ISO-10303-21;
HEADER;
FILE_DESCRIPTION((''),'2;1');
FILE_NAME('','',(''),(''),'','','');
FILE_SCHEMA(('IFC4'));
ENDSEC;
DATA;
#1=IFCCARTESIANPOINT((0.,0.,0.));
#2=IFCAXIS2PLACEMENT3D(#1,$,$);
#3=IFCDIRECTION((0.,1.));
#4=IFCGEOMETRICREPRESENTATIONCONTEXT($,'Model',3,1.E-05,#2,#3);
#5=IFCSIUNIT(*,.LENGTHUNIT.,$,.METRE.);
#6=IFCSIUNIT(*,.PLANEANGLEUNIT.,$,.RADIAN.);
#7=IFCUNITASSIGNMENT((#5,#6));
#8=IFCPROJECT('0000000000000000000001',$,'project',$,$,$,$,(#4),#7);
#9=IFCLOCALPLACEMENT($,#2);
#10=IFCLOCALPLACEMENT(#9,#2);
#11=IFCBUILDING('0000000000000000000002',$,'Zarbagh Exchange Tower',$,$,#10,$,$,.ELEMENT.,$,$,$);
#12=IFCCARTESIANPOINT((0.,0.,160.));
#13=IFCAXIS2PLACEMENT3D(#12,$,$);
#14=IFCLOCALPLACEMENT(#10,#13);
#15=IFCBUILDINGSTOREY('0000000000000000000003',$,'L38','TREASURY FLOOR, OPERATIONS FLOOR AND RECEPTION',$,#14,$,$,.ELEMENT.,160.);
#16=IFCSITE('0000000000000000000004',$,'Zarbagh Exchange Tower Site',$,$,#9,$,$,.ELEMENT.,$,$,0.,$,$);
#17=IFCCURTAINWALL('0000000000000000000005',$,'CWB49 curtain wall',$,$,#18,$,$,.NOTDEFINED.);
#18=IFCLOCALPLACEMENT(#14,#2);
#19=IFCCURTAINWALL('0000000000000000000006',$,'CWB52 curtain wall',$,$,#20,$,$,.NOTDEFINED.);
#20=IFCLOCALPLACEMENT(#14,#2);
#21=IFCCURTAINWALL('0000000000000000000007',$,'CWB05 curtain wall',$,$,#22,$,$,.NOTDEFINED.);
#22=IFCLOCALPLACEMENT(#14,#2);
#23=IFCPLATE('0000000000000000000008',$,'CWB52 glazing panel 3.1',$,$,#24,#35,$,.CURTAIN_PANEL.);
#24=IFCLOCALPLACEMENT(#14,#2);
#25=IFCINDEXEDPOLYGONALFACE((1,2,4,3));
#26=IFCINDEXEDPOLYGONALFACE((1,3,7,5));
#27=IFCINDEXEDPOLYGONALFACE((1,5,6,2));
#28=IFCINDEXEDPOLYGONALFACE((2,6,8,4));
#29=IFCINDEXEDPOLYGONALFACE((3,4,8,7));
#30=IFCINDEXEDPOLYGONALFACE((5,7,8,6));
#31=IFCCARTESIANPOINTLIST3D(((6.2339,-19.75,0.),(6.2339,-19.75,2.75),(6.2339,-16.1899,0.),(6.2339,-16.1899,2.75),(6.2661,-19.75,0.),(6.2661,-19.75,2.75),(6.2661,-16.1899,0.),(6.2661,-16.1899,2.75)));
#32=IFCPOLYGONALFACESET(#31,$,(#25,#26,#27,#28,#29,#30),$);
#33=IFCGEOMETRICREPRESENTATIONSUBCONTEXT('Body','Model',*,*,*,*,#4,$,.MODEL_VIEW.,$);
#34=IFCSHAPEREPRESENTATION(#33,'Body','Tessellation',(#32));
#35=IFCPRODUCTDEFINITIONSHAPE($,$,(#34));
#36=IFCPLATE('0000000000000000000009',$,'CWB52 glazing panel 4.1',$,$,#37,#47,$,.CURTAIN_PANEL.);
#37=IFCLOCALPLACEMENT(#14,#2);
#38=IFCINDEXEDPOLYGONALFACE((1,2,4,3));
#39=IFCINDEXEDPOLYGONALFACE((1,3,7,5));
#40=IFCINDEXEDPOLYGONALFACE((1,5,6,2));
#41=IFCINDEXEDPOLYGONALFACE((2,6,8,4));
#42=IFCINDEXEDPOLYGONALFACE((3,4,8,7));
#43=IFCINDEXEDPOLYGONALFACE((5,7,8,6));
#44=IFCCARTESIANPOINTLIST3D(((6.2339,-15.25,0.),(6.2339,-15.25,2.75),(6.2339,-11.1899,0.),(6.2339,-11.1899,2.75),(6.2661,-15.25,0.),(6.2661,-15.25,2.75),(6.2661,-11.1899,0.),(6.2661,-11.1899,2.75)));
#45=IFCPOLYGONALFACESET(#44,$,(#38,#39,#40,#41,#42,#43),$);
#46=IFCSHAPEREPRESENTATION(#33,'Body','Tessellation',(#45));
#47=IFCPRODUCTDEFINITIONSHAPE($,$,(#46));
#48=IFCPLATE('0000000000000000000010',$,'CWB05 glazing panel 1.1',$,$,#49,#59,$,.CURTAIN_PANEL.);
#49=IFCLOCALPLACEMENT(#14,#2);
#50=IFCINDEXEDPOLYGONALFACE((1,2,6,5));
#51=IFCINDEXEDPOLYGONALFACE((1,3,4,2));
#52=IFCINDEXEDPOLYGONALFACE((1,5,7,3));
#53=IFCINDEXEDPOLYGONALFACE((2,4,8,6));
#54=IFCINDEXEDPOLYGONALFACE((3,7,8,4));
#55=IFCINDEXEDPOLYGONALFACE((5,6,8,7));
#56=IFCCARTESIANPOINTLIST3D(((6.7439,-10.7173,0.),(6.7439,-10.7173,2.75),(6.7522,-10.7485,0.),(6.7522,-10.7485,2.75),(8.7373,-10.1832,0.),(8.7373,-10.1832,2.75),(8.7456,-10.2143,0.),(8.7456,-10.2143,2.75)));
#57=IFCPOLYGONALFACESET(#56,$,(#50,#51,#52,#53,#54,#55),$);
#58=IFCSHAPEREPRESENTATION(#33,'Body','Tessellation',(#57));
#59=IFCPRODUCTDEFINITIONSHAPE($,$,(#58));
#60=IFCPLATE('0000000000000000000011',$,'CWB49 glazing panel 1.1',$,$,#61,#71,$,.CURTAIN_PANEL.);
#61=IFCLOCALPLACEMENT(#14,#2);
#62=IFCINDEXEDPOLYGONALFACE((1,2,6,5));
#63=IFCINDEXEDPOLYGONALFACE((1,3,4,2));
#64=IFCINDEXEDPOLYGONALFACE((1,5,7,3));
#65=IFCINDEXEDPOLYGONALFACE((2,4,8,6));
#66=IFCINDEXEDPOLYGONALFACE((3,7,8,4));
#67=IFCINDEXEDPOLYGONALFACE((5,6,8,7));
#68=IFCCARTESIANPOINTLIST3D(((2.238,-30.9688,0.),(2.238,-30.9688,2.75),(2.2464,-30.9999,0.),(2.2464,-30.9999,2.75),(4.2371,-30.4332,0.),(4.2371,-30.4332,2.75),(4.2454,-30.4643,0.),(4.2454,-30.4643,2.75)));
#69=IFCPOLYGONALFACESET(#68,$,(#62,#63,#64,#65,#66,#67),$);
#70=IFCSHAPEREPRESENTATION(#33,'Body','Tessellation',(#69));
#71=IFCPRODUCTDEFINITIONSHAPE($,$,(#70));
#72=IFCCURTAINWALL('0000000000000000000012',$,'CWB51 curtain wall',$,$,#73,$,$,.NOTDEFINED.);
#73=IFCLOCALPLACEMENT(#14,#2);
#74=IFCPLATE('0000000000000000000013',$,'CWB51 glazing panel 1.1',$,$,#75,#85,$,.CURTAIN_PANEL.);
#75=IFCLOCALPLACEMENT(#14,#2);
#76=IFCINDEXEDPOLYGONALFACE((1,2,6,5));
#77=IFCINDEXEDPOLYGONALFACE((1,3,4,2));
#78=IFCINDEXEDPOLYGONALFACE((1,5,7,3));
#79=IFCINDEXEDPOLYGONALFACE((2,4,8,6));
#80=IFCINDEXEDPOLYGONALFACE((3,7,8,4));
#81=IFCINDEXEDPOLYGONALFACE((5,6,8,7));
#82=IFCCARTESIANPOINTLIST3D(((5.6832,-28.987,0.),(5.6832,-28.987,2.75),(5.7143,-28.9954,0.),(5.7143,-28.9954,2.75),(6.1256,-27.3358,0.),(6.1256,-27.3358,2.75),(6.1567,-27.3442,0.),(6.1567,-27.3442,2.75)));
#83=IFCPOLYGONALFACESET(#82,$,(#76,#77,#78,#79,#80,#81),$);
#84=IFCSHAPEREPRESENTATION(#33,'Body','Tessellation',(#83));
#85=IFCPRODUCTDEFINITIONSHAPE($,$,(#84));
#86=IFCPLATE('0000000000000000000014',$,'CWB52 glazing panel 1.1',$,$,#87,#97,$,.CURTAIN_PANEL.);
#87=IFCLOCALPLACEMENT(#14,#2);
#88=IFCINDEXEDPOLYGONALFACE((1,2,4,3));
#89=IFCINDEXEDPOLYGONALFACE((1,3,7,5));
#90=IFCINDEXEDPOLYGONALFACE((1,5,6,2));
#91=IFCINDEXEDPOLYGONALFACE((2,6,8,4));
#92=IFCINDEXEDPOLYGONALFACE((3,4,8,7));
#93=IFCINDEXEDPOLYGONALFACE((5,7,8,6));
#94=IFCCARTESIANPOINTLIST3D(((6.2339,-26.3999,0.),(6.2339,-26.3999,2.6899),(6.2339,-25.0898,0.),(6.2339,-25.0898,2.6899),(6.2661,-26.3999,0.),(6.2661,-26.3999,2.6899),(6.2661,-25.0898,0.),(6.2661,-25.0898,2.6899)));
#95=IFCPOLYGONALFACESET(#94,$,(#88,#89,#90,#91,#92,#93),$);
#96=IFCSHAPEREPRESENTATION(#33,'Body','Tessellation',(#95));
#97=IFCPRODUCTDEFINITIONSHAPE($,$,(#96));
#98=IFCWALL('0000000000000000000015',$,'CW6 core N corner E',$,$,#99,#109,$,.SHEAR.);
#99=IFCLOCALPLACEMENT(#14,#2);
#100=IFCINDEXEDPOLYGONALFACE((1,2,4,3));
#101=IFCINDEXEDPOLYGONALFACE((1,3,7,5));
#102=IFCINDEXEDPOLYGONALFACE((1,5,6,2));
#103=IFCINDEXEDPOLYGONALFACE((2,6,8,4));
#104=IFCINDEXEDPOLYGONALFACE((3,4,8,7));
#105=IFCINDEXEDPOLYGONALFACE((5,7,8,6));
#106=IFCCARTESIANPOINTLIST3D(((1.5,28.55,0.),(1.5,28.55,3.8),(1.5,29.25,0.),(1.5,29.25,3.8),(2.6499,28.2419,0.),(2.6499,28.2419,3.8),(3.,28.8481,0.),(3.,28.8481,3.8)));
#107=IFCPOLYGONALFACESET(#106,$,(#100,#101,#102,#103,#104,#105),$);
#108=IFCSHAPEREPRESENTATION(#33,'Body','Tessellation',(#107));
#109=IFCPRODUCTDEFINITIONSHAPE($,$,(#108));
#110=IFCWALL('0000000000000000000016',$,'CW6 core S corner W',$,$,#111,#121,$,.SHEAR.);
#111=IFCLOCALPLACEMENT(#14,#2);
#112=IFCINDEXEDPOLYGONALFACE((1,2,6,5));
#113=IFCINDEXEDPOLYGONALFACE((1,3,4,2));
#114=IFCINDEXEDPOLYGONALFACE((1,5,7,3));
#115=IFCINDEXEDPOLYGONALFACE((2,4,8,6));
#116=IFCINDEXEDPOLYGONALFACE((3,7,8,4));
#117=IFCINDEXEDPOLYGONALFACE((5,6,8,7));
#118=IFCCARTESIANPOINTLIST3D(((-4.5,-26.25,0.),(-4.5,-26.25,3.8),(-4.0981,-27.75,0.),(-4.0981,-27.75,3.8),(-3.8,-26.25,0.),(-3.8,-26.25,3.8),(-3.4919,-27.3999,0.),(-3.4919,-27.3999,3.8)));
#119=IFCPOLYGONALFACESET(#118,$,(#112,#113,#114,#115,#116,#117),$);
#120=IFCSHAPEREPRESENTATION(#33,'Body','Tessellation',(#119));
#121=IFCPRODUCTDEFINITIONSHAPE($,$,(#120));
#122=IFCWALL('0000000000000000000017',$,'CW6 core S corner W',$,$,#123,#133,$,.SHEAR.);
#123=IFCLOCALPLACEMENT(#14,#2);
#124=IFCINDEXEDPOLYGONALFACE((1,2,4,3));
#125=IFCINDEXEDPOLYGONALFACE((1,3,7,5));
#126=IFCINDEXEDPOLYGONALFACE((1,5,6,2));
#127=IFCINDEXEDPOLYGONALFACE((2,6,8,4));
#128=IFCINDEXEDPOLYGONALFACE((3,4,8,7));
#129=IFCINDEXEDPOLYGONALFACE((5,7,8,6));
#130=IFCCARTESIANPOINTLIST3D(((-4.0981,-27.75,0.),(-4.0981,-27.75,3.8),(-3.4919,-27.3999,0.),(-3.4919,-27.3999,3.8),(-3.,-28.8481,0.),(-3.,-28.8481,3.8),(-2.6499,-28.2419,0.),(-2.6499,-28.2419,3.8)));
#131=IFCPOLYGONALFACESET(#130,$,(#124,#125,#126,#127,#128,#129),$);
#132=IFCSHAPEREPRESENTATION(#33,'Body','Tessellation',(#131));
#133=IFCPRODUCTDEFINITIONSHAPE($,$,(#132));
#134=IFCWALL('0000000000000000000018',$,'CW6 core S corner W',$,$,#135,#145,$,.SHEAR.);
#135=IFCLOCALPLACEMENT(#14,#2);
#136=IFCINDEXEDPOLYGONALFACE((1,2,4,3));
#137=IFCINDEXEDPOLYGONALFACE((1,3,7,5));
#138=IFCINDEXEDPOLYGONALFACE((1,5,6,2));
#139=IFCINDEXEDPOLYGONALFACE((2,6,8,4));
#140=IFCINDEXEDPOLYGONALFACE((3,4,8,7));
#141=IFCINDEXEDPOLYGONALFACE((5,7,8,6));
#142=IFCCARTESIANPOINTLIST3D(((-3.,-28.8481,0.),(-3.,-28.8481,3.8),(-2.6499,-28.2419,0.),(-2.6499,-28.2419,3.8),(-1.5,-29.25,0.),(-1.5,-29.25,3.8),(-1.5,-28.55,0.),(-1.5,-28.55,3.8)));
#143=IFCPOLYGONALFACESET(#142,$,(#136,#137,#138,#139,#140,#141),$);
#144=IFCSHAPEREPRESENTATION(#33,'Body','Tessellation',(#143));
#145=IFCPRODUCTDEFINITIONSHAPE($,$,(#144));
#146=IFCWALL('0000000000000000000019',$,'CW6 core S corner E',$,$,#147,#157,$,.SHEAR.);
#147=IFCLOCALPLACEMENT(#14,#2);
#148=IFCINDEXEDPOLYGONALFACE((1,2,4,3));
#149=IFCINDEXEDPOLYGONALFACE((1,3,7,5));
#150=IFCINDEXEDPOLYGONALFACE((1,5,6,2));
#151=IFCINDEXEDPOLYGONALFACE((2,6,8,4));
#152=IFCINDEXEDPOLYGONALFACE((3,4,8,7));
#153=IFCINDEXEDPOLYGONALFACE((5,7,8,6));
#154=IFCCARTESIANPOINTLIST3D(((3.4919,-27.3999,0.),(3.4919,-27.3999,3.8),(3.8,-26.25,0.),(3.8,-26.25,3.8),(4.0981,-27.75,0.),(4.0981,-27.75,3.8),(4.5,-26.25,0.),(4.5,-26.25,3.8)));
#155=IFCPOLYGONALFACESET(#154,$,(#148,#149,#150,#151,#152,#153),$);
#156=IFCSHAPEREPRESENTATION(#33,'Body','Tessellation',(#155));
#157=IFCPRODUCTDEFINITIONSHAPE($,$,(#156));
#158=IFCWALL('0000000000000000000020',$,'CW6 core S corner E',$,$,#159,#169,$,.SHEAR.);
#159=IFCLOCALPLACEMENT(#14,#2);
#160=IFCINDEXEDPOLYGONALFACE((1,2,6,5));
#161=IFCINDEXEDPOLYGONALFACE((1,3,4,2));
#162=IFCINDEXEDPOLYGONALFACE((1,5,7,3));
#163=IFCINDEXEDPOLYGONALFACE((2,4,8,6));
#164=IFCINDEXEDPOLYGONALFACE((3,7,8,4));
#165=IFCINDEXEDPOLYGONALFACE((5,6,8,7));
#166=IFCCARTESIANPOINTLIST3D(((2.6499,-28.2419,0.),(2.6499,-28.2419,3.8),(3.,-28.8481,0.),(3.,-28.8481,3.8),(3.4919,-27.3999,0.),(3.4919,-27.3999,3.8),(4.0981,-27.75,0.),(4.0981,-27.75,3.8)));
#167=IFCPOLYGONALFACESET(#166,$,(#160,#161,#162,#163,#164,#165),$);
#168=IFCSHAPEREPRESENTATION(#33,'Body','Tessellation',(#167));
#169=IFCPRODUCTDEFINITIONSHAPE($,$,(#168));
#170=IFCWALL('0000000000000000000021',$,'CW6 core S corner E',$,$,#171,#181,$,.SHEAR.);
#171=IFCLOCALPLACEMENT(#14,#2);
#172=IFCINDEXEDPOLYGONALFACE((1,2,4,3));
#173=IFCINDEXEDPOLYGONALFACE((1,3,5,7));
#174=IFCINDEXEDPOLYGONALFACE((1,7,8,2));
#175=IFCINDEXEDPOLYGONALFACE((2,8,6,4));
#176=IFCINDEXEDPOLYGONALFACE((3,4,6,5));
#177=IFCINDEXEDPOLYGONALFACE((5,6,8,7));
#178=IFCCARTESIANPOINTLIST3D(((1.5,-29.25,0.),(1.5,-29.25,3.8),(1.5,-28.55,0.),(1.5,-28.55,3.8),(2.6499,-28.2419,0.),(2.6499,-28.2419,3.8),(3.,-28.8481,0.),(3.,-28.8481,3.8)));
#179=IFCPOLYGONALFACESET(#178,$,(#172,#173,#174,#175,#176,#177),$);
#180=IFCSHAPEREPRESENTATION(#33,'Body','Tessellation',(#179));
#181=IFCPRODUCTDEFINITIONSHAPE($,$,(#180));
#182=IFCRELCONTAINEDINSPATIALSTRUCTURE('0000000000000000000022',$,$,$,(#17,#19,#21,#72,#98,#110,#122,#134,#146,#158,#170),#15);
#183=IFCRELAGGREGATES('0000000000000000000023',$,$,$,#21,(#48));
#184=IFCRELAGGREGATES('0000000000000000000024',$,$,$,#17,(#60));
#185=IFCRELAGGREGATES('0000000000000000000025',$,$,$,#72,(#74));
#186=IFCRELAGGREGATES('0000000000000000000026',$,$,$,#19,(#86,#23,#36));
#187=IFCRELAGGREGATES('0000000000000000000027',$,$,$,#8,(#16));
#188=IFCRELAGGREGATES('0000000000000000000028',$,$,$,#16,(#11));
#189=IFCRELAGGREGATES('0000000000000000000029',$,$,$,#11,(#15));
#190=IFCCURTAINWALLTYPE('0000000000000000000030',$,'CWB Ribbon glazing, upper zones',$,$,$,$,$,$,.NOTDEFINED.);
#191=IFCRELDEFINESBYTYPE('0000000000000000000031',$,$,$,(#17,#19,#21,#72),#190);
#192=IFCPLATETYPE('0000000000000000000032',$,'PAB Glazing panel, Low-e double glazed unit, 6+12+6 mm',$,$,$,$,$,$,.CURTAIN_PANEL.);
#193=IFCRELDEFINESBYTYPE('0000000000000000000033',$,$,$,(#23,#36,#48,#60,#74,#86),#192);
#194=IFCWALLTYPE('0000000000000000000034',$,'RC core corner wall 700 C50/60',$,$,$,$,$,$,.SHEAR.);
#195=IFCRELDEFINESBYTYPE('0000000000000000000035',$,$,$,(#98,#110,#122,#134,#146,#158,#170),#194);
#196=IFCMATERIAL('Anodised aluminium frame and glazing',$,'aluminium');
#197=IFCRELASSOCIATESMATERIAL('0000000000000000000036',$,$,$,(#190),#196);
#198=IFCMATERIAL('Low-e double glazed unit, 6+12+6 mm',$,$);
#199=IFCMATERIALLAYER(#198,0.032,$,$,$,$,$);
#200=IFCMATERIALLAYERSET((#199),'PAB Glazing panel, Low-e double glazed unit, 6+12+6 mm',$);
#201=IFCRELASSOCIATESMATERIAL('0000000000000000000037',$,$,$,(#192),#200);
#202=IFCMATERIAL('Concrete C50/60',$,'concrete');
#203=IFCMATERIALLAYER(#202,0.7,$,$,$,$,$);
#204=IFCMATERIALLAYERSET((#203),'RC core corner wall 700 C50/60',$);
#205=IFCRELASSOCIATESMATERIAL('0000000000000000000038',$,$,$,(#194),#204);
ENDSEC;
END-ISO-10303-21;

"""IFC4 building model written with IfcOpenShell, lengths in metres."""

from ifc_helpers import new_model, si_unit, direction, frame, origin, place, context, subcontext, project, spatial, polyline, outline, extrude, source, transform, mapped, material, layer, layer_set, type_object, element, aggregate, save


model = new_model("IFC4")

# Units and contexts
model_context = context("Model", 3, precision=1e-05, world=origin(), true_north=direction((0.0, 1.0)))
body_context = subcontext(model_context, "Body", "Model", "MODEL_VIEW")
ifc_project = project(units=[si_unit("LENGTHUNIT", "METRE"), si_unit("PLANEANGLEUNIT", "RADIAN")], contexts=[model_context])

# Site, building, storey
site_placement = place(None, origin())
site = spatial("IfcSite", under=ifc_project, at=site_placement, Name="Zarbagh Exchange Tower Site", CompositionType="ELEMENT", RefElevation=0.0)
building_placement = place(site_placement, origin())
building = spatial("IfcBuilding", under=site, at=building_placement, Name="Zarbagh Exchange Tower", CompositionType="ELEMENT")
storey_placement = place(building_placement, frame((0.0, 0.0, 160.0)))
storey = spatial("IfcBuildingStorey", under=building, at=storey_placement, Name="L38", Description="TREASURY FLOOR, OPERATIONS FLOOR AND RECEPTION", CompositionType="ELEMENT", Elevation=160.0)

# Curtain wall
ifc_material_1 = material(Name="Anodised aluminium frame and glazing", Category="aluminium")
curtain_wall_type = type_object("IfcCurtainWallType", Name="CWB Ribbon glazing, upper zones", PredefinedType="NOTDEFINED", material=ifc_material_1)
curtain_wall_1_placement = place(storey_placement, origin())
curtain_wall_1 = element("IfcCurtainWall", 1, at=curtain_wall_1_placement, inside=storey, type_object=curtain_wall_type, Name="CWB49 curtain wall", PredefinedType="NOTDEFINED")
placement = place(storey_placement, origin())

# Curtain wall
curtain_wall_2_placement = place(storey_placement, origin())
curtain_wall_2 = element("IfcCurtainWall", 2, at=curtain_wall_2_placement, inside=storey, type_object=curtain_wall_type, Name="CWB52 curtain wall", PredefinedType="NOTDEFINED")

# Curtain wall
curtain_wall_3_placement = place(storey_placement, origin())
curtain_wall_3 = element("IfcCurtainWall", 3, at=curtain_wall_3_placement, inside=storey, type_object=curtain_wall_type, Name="CWB05 curtain wall", PredefinedType="NOTDEFINED")

# Shared definitions
ifc_material_2 = material(Name="Low-e double glazed unit, 6+12+6 mm")
ifc_layer_1 = layer(ifc_material_2, 0.032)
ifc_layer_set_1 = layer_set([ifc_layer_1], Name="PAB Glazing panel, Low-e double glazed unit, 6+12+6 mm")
plate_type = type_object("IfcPlateType", Name="PAB Glazing panel, Low-e double glazed unit, 6+12+6 mm", PredefinedType="CURTAIN_PANEL", material=ifc_layer_set_1)

# Plates
shared_shape_1 = source(origin(), body_context, "Body", "SweptSolid", [
    extrude(outline(polyline([(0.0, -0.0161), (3.5601, -0.0161), (3.5601, 0.0161), (0.0, 0.0161), (0.0, -0.0161)])), origin(), (0.0, 0.0, 1.0), 2.75),
])
plate_1 = element("IfcPlate", 4, at=placement, type_object=plate_type, Name="CWB52 glazing panel 3.1", PredefinedType="CURTAIN_PANEL", context=body_context, shape_type="MappedRepresentation", body=[
    mapped(shared_shape_1, transform((6.25, -19.75, 0.0), x_axis=(0.0, 1.0, 0.0), y_axis=(-1.0, 0.0, 0.0), z_axis=(0.0, 0.0, 1.0))),
])
shared_shape_2 = source(origin(), body_context, "Body", "SweptSolid", [
    extrude(outline(polyline([(0.0, -0.0161), (4.0601, -0.0161), (4.0601, 0.0161), (0.0, 0.0161), (0.0, -0.0161)])), origin(), (0.0, 0.0, 1.0), 2.75),
])
plate_2 = element("IfcPlate", 5, at=placement, type_object=plate_type, Name="CWB52 glazing panel 4.1", PredefinedType="CURTAIN_PANEL", context=body_context, shape_type="MappedRepresentation", body=[
    mapped(shared_shape_2, transform((6.25, -15.25, 0.0), x_axis=(0.0, 1.0, 0.0), y_axis=(-1.0, 0.0, 0.0), z_axis=(0.0, 0.0, 1.0))),
])
shared_shape_3 = source(origin(), body_context, "Body", "SweptSolid", [
    extrude(outline(polyline([(0.0, -0.0161), (2.0637, -0.0161), (2.0637, 0.0161), (0.0, 0.0161), (0.0, -0.0161)])), origin(), (0.0, 0.0, 1.0), 2.75),
])
plate_3 = element("IfcPlate", 6, at=placement, type_object=plate_type, Name="CWB05 glazing panel 1.1", PredefinedType="CURTAIN_PANEL", context=body_context, shape_type="MappedRepresentation", body=[
    mapped(shared_shape_3, transform((6.748, -10.7329, 0.0), x_axis=(0.965924, 0.258825, 0.0), y_axis=(-0.258825, 0.965924, 0.0), z_axis=(0.0, 0.0, 1.0))),
])
aggregate(curtain_wall_3, [plate_3])
shared_shape_4 = source(origin(), body_context, "Body", "SweptSolid", [
    extrude(outline(polyline([(0.0, -0.0161), (2.0696, -0.0161), (2.0696, 0.0161), (0.0, 0.0161), (0.0, -0.0161)])), origin(), (0.0, 0.0, 1.0), 2.75),
])
plate_4 = element("IfcPlate", 7, at=placement, type_object=plate_type, Name="CWB49 glazing panel 1.1", PredefinedType="CURTAIN_PANEL", context=body_context, shape_type="MappedRepresentation", body=[
    mapped(shared_shape_4, transform((2.2422, -30.9844, 0.0), x_axis=(0.965924, 0.258825, 0.0), y_axis=(-0.258825, 0.965924, 0.0), z_axis=(0.0, 0.0, 1.0))),
])
aggregate(curtain_wall_1, [plate_4])

# Curtain wall, plate
curtain_wall_4_placement = place(storey_placement, origin())
curtain_wall_4 = element("IfcCurtainWall", 8, at=curtain_wall_4_placement, inside=storey, type_object=curtain_wall_type, Name="CWB51 curtain wall", PredefinedType="NOTDEFINED")
shared_shape_5 = source(origin(), body_context, "Body", "SweptSolid", [
    extrude(outline(polyline([(0.0, -0.0161), (1.7095, -0.0161), (1.7095, 0.0161), (0.0, 0.0161), (0.0, -0.0161)])), origin(), (0.0, 0.0, 1.0), 2.75),
])
plate_5 = element("IfcPlate", 9, at=placement, type_object=plate_type, Name="CWB51 glazing panel 1.1", PredefinedType="CURTAIN_PANEL", context=body_context, shape_type="MappedRepresentation", body=[
    mapped(shared_shape_5, transform((5.6987, -28.9912, 0.0), x_axis=(0.258825, 0.965924, 0.0), y_axis=(-0.965924, 0.258825, 0.0), z_axis=(0.0, 0.0, 1.0))),
])
aggregate(curtain_wall_4, [plate_5])

# Plate
shared_shape_6 = source(origin(), body_context, "Body", "SweptSolid", [
    extrude(outline(polyline([(0.0, -0.0161), (1.3101, -0.0161), (1.3101, 0.0161), (0.0, 0.0161), (0.0, -0.0161)])), origin(), (0.0, 0.0, 1.0), 2.6899),
])
plate_6 = element("IfcPlate", 10, at=placement, type_object=plate_type, Name="CWB52 glazing panel 1.1", PredefinedType="CURTAIN_PANEL", context=body_context, shape_type="MappedRepresentation", body=[
    mapped(shared_shape_6, transform((6.25, -26.3999, 0.0), x_axis=(0.0, 1.0, 0.0), y_axis=(-1.0, 0.0, 0.0), z_axis=(0.0, 0.0, 1.0))),
])
aggregate(curtain_wall_2, [plate_6, plate_1, plate_2])

# Walls
ifc_material_3 = material(Name="Concrete C50/60", Category="concrete")
ifc_layer_2 = layer(ifc_material_3, 0.7)
ifc_layer_set_2 = layer_set([ifc_layer_2], Name="RC core corner wall 700 C50/60")
wall_type = type_object("IfcWallType", Name="RC core corner wall 700 C50/60", PredefinedType="SHEAR", material=ifc_layer_set_2)
wall_1_placement = place(storey_placement, origin())
element("IfcWall", 11, at=wall_1_placement, inside=storey, type_object=wall_type, Name="CW6 core N corner E", PredefinedType="SHEAR", context=body_context, shape_type="SweptSolid", body=[
    extrude(outline(polyline([(3.0, 28.8481), (1.5, 29.25), (1.5, 28.55), (2.6499, 28.2419), (3.0, 28.8481)])), origin(), (0.0, 0.0, 1.0), 3.8),
])
wall_2_placement = place(storey_placement, origin())
element("IfcWall", 12, at=wall_2_placement, inside=storey, type_object=wall_type, Name="CW6 core S corner W", PredefinedType="SHEAR", context=body_context, shape_type="SweptSolid", body=[
    extrude(outline(polyline([(-4.5, -26.25), (-4.0981, -27.75), (-3.4919, -27.3999), (-3.8, -26.25), (-4.5, -26.25)])), origin(), (0.0, 0.0, 1.0), 3.8),
])
wall_3_placement = place(storey_placement, origin())
element("IfcWall", 13, at=wall_3_placement, inside=storey, type_object=wall_type, Name="CW6 core S corner W", PredefinedType="SHEAR", context=body_context, shape_type="SweptSolid", body=[
    extrude(outline(polyline([(-4.0981, -27.75), (-3.0, -28.8481), (-2.6499, -28.2419), (-3.4919, -27.3999), (-4.0981, -27.75)])), origin(), (0.0, 0.0, 1.0), 3.8),
])
wall_4_placement = place(storey_placement, origin())
element("IfcWall", 14, at=wall_4_placement, inside=storey, type_object=wall_type, Name="CW6 core S corner W", PredefinedType="SHEAR", context=body_context, shape_type="SweptSolid", body=[
    extrude(outline(polyline([(-3.0, -28.8481), (-1.5, -29.25), (-1.5, -28.55), (-2.6499, -28.2419), (-3.0, -28.8481)])), origin(), (0.0, 0.0, 1.0), 3.8),
])
wall_5_placement = place(storey_placement, origin())
element("IfcWall", 15, at=wall_5_placement, inside=storey, type_object=wall_type, Name="CW6 core S corner E", PredefinedType="SHEAR", context=body_context, shape_type="SweptSolid", body=[
    extrude(outline(polyline([(4.5, -26.25), (4.0981, -27.75), (3.4919, -27.3999), (3.8, -26.25), (4.5, -26.25)])), origin(), (0.0, 0.0, 1.0), 3.8),
])
wall_6_placement = place(storey_placement, origin())
element("IfcWall", 16, at=wall_6_placement, inside=storey, type_object=wall_type, Name="CW6 core S corner E", PredefinedType="SHEAR", context=body_context, shape_type="SweptSolid", body=[
    extrude(outline(polyline([(4.0981, -27.75), (3.0, -28.8481), (2.6499, -28.2419), (3.4919, -27.3999), (4.0981, -27.75)])), origin(), (0.0, 0.0, 1.0), 3.8),
])
wall_7_placement = place(storey_placement, origin())
element("IfcWall", 17, at=wall_7_placement, inside=storey, type_object=wall_type, Name="CW6 core S corner E", PredefinedType="SHEAR", context=body_context, shape_type="SweptSolid", body=[
    extrude(outline(polyline([(3.0, -28.8481), (1.5, -29.25), (1.5, -28.55), (2.6499, -28.2419), (3.0, -28.8481)])), origin(), (0.0, 0.0, 1.0), 3.8),
])

save(model, "model.ifc")
